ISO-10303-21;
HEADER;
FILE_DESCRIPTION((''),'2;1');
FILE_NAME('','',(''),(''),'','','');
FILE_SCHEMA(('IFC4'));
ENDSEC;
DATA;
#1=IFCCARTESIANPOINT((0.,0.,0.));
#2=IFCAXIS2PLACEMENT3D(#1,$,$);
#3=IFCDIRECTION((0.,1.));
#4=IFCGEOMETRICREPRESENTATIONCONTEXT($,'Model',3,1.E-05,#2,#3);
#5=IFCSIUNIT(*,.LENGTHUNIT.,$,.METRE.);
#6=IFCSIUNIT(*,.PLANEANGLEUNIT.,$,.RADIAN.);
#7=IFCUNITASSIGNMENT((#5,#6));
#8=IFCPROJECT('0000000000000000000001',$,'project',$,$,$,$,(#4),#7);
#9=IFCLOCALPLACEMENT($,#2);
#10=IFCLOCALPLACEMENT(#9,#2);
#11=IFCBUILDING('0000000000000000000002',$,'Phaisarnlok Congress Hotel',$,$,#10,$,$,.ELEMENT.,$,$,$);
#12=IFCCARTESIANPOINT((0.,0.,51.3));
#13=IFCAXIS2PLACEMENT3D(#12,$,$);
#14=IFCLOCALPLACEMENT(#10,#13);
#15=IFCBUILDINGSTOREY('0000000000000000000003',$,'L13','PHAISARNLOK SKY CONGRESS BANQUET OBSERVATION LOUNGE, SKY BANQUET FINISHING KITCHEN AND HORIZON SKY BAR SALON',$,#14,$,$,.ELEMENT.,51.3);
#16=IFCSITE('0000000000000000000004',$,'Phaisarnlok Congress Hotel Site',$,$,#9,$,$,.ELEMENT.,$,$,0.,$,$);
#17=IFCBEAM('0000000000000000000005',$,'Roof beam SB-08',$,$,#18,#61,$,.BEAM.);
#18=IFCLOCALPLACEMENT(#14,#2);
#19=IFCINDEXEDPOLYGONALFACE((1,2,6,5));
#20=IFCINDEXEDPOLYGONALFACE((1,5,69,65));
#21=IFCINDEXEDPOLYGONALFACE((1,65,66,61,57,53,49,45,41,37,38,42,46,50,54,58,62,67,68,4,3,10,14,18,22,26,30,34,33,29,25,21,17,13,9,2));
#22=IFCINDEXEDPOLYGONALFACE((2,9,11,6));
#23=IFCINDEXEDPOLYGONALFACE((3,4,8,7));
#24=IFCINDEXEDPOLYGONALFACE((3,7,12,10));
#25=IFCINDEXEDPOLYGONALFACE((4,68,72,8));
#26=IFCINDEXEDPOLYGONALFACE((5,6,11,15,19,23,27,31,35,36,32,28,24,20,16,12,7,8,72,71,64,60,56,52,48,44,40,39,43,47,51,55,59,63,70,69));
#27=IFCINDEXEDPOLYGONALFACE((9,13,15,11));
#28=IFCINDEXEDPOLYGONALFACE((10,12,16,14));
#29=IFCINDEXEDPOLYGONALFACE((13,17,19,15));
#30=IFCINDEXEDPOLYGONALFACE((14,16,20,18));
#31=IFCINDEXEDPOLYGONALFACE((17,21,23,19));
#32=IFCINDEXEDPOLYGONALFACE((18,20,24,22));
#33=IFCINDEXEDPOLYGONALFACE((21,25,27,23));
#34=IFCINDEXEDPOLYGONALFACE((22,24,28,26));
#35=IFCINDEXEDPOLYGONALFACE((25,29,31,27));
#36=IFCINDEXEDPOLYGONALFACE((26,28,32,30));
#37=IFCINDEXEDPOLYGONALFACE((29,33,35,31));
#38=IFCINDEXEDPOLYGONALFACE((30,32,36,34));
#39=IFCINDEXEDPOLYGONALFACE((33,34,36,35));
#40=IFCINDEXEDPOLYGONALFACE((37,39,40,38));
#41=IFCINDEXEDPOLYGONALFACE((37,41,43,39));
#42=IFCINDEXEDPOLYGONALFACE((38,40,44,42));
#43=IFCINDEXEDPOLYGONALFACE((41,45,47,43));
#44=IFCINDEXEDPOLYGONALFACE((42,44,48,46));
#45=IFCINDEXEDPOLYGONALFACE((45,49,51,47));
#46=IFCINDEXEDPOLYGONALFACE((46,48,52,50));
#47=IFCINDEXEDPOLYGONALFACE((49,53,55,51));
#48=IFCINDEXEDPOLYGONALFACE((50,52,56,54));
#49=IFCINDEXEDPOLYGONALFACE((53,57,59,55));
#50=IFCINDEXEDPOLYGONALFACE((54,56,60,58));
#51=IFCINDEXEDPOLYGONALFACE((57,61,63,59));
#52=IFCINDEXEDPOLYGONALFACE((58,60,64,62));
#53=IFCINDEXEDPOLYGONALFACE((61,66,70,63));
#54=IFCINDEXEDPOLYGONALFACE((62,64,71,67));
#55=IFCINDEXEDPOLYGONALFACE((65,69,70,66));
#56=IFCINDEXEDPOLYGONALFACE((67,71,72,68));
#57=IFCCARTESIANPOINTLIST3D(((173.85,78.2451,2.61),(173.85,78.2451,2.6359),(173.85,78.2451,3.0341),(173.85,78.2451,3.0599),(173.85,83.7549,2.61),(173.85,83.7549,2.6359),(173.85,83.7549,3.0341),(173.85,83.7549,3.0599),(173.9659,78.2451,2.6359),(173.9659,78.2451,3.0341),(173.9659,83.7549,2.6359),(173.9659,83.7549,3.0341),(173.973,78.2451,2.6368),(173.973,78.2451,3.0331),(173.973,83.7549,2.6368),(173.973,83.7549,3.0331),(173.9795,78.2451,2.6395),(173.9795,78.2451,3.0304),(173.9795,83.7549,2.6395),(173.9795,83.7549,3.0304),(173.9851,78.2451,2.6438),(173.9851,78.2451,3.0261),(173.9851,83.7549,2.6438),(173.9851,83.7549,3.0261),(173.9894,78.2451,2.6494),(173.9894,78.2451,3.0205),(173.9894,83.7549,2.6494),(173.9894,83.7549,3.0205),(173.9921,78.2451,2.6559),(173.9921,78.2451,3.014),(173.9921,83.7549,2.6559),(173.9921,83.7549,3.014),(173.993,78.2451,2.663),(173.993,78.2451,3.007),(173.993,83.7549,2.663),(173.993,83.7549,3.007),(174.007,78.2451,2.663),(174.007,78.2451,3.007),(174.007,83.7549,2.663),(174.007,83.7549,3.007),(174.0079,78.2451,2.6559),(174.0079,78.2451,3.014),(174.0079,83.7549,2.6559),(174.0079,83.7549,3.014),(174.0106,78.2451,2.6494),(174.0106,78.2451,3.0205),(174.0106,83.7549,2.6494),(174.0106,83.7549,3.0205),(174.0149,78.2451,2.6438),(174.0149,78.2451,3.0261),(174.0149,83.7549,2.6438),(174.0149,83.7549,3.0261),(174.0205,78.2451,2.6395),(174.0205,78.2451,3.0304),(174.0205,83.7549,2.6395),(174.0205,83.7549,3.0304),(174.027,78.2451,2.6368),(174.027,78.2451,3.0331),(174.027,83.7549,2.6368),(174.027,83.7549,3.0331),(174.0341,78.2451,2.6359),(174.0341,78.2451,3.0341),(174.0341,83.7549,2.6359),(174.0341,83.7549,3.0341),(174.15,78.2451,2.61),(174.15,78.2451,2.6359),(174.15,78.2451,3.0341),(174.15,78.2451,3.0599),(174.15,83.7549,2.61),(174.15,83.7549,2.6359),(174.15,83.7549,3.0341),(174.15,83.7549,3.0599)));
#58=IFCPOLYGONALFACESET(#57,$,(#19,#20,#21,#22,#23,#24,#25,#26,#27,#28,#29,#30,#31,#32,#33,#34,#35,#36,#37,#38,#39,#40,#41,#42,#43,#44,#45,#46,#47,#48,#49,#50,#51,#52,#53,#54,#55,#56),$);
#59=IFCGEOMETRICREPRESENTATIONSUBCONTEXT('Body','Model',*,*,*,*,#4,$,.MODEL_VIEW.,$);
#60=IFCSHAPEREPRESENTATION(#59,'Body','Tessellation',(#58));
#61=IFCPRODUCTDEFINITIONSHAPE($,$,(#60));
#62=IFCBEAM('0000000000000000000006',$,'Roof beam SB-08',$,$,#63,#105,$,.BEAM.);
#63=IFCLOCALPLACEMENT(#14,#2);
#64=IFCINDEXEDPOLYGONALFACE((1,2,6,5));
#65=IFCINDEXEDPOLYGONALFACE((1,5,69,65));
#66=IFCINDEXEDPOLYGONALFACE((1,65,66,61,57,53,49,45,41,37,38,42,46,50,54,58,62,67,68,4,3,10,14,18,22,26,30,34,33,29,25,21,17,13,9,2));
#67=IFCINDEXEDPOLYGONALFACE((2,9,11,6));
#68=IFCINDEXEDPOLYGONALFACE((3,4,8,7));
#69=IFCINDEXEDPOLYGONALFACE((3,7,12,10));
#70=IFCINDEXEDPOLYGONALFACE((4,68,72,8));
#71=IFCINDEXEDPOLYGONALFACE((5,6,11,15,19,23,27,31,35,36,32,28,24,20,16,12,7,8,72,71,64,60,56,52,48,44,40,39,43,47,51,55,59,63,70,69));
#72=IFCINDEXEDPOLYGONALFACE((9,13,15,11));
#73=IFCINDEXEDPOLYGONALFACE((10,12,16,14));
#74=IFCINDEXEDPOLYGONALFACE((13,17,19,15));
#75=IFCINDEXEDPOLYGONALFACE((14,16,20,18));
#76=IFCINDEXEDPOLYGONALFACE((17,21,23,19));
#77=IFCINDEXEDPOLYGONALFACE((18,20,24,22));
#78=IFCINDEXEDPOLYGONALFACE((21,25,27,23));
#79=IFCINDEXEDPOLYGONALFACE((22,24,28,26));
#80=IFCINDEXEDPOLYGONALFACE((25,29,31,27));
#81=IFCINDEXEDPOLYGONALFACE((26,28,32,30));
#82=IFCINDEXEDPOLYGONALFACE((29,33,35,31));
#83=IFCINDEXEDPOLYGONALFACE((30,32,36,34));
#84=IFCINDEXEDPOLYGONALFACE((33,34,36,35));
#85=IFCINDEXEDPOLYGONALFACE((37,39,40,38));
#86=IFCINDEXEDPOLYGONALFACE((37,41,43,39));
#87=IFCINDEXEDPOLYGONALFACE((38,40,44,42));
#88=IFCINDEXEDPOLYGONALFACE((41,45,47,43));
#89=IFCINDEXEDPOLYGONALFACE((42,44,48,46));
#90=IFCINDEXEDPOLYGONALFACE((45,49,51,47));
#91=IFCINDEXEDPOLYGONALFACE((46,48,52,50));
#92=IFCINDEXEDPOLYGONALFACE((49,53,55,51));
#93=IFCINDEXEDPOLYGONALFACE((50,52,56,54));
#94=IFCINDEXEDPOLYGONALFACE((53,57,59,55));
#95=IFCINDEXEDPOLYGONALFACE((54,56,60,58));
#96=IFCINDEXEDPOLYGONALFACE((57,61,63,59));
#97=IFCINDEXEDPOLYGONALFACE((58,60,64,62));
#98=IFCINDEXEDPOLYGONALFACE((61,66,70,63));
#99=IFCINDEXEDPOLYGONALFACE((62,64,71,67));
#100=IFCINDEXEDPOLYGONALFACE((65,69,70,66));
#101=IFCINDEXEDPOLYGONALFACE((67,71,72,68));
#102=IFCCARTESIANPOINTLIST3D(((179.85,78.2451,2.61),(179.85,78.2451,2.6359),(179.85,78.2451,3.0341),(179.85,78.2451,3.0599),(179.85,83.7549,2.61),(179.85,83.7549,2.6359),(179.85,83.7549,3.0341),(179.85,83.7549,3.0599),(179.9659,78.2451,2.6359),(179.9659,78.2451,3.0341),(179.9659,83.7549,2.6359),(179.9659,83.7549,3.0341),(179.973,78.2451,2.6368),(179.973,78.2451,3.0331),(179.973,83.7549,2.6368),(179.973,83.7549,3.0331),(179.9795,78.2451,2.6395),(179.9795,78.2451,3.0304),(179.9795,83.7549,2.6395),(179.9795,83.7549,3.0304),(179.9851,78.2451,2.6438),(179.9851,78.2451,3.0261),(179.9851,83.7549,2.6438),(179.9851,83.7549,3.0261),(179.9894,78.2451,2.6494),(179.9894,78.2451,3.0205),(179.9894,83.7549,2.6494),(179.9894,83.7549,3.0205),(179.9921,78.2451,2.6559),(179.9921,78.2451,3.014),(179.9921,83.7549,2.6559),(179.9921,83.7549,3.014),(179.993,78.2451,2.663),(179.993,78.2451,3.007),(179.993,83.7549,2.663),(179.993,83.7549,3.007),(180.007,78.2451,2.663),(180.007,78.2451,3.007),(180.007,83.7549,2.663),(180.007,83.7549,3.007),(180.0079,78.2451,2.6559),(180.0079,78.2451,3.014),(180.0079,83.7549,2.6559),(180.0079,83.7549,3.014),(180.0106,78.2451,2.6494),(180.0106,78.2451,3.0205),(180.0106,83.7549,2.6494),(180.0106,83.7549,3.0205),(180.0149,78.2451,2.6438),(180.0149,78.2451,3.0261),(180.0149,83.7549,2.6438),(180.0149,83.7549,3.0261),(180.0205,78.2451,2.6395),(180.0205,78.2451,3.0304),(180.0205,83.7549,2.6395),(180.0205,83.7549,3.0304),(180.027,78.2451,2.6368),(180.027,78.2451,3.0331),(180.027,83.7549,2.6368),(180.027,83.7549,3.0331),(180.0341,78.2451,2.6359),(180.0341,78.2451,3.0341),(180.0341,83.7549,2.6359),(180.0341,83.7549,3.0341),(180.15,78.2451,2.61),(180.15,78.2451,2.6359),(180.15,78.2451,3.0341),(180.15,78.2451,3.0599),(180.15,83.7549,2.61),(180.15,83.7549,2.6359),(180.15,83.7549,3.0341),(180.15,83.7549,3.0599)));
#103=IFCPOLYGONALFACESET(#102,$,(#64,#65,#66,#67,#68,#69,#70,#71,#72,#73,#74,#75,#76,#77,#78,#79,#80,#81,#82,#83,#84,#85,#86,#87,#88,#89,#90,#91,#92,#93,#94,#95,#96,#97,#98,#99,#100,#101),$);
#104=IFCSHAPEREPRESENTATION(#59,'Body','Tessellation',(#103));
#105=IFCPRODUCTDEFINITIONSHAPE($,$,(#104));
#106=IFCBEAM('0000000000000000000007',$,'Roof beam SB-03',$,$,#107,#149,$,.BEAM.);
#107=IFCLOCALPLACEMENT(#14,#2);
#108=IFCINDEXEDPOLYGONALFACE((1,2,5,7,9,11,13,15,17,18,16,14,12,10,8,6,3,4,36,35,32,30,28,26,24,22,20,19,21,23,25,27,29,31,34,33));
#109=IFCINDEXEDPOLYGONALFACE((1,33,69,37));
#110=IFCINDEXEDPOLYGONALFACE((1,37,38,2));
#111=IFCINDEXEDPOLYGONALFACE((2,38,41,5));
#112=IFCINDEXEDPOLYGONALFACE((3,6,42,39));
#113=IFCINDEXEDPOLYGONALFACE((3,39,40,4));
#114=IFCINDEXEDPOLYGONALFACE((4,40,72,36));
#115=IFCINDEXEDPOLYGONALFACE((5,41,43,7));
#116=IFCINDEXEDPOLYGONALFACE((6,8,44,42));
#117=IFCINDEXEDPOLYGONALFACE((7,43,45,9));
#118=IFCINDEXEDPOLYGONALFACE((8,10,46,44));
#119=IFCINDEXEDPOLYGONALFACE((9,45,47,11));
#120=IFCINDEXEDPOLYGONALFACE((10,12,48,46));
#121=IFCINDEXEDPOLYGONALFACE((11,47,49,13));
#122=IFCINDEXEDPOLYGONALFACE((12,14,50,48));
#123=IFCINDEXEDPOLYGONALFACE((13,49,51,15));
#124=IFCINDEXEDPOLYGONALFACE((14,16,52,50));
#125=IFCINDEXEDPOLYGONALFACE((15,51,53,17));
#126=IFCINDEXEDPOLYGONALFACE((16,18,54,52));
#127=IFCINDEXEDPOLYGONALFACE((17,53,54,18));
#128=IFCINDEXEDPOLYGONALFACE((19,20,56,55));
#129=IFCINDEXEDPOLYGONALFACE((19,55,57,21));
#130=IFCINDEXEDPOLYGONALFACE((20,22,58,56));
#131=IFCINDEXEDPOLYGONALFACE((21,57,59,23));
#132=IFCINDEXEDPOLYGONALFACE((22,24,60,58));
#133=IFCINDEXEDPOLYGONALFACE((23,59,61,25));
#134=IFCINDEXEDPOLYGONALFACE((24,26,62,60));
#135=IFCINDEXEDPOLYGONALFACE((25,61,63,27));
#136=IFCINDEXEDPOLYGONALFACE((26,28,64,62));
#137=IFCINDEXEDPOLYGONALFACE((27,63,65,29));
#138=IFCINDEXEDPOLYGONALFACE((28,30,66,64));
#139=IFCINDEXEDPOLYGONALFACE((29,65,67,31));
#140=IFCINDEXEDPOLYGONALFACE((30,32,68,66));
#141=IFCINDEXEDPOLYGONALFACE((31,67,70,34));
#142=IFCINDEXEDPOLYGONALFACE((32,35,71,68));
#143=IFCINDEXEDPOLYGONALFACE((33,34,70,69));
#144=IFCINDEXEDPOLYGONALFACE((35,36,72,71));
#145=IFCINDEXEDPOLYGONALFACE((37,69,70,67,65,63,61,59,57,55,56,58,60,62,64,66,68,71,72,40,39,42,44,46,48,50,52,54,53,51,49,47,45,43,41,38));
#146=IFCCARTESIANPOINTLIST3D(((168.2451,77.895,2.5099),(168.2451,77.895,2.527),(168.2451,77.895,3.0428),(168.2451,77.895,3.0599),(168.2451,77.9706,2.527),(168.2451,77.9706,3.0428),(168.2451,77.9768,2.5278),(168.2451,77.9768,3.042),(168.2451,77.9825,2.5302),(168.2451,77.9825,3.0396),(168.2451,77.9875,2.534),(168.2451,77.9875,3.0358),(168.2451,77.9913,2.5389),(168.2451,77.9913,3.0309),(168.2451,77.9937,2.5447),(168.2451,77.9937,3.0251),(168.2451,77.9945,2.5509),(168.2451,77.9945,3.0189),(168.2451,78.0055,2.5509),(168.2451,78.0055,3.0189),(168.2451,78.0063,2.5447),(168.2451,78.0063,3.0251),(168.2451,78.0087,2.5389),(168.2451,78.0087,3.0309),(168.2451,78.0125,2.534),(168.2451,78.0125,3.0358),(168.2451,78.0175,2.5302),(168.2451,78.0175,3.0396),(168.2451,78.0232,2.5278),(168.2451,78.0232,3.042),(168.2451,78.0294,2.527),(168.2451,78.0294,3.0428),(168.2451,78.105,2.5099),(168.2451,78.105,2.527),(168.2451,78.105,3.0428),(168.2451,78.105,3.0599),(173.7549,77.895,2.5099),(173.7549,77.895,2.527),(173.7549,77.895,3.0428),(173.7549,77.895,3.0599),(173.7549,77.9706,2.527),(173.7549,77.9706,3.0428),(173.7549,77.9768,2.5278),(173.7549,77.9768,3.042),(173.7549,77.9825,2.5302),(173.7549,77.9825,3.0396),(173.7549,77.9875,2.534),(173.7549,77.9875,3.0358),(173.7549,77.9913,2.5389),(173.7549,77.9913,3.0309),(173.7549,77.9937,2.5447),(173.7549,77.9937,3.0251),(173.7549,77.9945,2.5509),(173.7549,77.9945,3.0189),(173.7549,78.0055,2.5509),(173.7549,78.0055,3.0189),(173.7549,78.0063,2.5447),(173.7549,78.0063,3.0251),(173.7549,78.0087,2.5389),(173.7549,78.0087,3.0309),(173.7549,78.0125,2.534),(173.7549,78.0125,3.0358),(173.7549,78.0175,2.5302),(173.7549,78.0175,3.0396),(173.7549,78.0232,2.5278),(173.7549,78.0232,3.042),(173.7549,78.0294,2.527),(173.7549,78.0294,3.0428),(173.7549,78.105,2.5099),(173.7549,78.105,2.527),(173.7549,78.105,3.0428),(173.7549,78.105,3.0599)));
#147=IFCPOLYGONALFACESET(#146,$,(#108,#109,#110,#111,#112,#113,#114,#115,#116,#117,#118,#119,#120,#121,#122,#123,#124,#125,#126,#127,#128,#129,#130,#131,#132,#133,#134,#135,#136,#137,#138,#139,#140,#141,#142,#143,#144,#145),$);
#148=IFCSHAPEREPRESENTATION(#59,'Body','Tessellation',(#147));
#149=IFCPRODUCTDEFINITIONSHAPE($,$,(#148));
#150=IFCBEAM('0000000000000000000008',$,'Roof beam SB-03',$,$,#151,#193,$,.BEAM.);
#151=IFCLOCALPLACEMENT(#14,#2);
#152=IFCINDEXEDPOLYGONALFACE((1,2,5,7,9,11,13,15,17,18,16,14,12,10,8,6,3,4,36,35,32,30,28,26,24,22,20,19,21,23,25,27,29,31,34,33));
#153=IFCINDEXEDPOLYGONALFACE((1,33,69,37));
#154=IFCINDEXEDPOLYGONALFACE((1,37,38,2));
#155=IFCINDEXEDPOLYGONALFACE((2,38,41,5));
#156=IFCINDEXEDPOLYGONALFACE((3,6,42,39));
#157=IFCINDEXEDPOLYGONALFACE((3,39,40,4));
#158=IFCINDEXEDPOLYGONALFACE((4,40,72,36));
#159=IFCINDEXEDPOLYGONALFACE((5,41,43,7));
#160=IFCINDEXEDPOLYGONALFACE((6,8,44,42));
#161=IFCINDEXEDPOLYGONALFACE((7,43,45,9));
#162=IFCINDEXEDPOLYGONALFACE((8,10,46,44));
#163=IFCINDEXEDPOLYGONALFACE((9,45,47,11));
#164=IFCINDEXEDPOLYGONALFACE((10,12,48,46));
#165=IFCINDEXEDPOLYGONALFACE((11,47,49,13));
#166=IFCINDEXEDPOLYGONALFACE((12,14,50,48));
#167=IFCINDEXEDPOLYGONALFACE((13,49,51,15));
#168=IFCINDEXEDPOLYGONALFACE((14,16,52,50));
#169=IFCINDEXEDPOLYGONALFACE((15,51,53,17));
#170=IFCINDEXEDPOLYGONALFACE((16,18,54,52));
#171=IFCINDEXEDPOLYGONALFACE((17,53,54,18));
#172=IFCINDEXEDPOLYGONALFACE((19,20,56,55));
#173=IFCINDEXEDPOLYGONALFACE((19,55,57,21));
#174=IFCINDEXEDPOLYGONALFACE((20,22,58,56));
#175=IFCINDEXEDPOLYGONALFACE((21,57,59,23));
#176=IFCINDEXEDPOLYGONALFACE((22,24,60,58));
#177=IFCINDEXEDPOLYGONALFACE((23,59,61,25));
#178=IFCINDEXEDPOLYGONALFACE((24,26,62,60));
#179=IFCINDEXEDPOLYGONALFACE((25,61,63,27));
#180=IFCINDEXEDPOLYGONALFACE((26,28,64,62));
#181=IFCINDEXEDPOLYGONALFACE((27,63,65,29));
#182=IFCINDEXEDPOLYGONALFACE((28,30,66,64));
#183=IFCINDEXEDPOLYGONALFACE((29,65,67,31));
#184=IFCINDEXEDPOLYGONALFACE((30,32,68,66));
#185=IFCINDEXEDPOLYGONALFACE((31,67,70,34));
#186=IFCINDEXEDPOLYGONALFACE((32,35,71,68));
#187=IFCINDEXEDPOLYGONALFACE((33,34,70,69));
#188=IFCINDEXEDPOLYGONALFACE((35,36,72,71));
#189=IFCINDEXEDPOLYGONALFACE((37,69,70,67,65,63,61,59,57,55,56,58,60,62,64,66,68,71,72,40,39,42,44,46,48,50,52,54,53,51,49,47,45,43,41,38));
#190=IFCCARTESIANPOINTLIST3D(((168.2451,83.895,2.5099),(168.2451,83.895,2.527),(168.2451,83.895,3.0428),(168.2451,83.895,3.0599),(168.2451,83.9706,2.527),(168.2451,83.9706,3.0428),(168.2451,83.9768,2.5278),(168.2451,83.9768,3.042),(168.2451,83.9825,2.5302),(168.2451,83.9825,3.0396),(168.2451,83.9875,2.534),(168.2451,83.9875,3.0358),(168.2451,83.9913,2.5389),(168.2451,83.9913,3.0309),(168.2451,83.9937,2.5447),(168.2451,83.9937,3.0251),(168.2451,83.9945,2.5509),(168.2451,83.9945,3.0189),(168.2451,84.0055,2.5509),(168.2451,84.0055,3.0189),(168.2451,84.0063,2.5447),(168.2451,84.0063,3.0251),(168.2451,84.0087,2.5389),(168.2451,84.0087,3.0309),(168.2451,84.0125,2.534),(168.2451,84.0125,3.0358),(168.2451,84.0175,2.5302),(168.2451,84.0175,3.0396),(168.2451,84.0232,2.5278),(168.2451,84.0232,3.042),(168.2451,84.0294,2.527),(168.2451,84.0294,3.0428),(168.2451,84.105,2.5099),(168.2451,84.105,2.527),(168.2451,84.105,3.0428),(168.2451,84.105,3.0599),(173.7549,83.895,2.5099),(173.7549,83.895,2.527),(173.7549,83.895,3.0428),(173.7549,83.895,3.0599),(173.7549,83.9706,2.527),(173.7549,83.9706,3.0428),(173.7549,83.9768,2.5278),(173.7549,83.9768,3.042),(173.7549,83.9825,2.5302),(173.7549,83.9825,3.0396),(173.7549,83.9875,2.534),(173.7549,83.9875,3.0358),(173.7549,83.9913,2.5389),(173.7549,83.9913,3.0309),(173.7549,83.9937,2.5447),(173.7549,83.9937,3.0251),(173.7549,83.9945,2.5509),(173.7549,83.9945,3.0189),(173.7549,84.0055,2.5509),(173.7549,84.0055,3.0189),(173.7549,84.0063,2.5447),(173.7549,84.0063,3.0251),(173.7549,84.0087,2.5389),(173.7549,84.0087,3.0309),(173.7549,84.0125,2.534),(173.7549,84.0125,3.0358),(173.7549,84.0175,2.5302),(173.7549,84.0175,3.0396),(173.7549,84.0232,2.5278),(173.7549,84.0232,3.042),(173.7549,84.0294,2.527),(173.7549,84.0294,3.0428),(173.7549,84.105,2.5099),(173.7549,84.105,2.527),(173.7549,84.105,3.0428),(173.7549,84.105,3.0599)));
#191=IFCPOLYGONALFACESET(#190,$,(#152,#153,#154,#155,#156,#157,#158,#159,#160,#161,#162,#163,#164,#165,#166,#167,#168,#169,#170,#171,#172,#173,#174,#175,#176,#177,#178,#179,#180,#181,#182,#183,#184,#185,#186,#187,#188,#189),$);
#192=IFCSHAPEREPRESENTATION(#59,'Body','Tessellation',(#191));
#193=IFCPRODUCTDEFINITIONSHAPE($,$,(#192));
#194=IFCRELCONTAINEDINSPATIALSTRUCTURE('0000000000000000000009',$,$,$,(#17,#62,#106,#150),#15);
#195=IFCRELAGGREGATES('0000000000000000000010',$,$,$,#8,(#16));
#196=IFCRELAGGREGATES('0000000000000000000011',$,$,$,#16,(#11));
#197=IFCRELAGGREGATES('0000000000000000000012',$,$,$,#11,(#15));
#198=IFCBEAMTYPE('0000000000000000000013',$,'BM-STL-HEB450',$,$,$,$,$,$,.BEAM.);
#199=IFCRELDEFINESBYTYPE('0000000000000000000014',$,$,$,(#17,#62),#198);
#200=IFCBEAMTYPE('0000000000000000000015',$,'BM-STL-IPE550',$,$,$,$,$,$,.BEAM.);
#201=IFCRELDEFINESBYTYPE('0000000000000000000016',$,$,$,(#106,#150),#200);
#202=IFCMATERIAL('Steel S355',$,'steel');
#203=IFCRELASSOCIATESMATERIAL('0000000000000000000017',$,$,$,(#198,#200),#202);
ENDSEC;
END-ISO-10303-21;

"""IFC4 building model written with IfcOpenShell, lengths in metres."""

from ifc_helpers import new_model, si_unit, direction, frame, origin, origin_2d, place, context, subcontext, project, spatial, i_section, extrude, material, material_profile, profile_set, type_object, element, save


model = new_model("IFC4")

# Units and contexts
model_context = context("Model", 3, precision=1e-05, world=origin(), true_north=direction((0.0, 1.0)))
body_context = subcontext(model_context, "Body", "Model", "MODEL_VIEW")
ifc_project = project(units=[si_unit("LENGTHUNIT", "METRE"), si_unit("PLANEANGLEUNIT", "RADIAN")], contexts=[model_context])

# Site, building, storey
site_placement = place(None, origin())
site = spatial("IfcSite", under=ifc_project, at=site_placement, Name="Phaisarnlok Congress Hotel Site", CompositionType="ELEMENT", RefElevation=0.0)
building_placement = place(site_placement, origin())
building = spatial("IfcBuilding", under=site, at=building_placement, Name="Phaisarnlok Congress Hotel", CompositionType="ELEMENT")
storey_placement = place(building_placement, frame((0.0, 0.0, 51.3)))
storey = spatial("IfcBuildingStorey", under=building, at=storey_placement, Name="L13", Description="PHAISARNLOK SKY CONGRESS BANQUET OBSERVATION LOUNGE, SKY BANQUET FINISHING KITCHEN AND HORIZON SKY BAR SALON", CompositionType="ELEMENT", Elevation=51.3)

# Beams
ifc_material_1 = material(Name="Steel S355", Category="steel")
ifc_material_profile_1 = material_profile(ifc_material_1, i_section(OverallWidth=0.3, OverallDepth=0.45, WebThickness=0.0139, FlangeThickness=0.0259, FilletRadius=0.0271, at=origin_2d()), Name="HEB 450")
ifc_profile_set_1 = profile_set([ifc_material_profile_1], Name="Steel S355")
beam_type_1 = type_object("IfcBeamType", Name="BM-STL-HEB450", PredefinedType="BEAM", material=ifc_profile_set_1)
for number, where, z_axis, x_axis, name in (
    (1, (174.0, 78.2451, 2.835), (0.0, 1.0, 0.0), (-1.0, 0.0, 0.0), "Roof beam SB-08"),
    (2, (180.0, 78.2451, 2.835), (0.0, 1.0, 0.0), (-1.0, 0.0, 0.0), "Roof beam SB-08"),
):
    element("IfcBeam", number, at=place(storey_placement, frame(where, z_axis=z_axis, x_axis=x_axis)), inside=storey, type_object=beam_type_1, Name=name, PredefinedType="BEAM", context=body_context, shape_type="SweptSolid", body=[
        extrude(i_section(OverallWidth=0.3, OverallDepth=0.45, WebThickness=0.0139, FlangeThickness=0.0259, FilletRadius=0.0271, at=origin_2d()), origin(), (0.0, 0.0, 1.0), 5.5098),
    ])
ifc_material_profile_2 = material_profile(ifc_material_1, i_section(OverallWidth=0.21, OverallDepth=0.55, WebThickness=0.011, FlangeThickness=0.0171, FilletRadius=0.0239, at=origin_2d()), Name="IPE 550")
ifc_profile_set_2 = profile_set([ifc_material_profile_2], Name="Steel S355")
beam_type_2 = type_object("IfcBeamType", Name="BM-STL-IPE550", PredefinedType="BEAM", material=ifc_profile_set_2)
for number, where, z_axis, x_axis, name in (
    (3, (168.2451, 78.0, 2.7849), (1.0, 0.0, 0.0), (0.0, 1.0, 0.0), "Roof beam SB-03"),
    (4, (168.2451, 84.0, 2.7849), (1.0, 0.0, 0.0), (0.0, 1.0, 0.0), "Roof beam SB-03"),
):
    element("IfcBeam", number, at=place(storey_placement, frame(where, z_axis=z_axis, x_axis=x_axis)), inside=storey, type_object=beam_type_2, Name=name, PredefinedType="BEAM", context=body_context, shape_type="SweptSolid", body=[
        extrude(i_section(OverallWidth=0.21, OverallDepth=0.55, WebThickness=0.011, FlangeThickness=0.0171, FilletRadius=0.0239, at=origin_2d()), origin(), (0.0, 0.0, 1.0), 5.5098),
    ])

save(model, "model.ifc")
